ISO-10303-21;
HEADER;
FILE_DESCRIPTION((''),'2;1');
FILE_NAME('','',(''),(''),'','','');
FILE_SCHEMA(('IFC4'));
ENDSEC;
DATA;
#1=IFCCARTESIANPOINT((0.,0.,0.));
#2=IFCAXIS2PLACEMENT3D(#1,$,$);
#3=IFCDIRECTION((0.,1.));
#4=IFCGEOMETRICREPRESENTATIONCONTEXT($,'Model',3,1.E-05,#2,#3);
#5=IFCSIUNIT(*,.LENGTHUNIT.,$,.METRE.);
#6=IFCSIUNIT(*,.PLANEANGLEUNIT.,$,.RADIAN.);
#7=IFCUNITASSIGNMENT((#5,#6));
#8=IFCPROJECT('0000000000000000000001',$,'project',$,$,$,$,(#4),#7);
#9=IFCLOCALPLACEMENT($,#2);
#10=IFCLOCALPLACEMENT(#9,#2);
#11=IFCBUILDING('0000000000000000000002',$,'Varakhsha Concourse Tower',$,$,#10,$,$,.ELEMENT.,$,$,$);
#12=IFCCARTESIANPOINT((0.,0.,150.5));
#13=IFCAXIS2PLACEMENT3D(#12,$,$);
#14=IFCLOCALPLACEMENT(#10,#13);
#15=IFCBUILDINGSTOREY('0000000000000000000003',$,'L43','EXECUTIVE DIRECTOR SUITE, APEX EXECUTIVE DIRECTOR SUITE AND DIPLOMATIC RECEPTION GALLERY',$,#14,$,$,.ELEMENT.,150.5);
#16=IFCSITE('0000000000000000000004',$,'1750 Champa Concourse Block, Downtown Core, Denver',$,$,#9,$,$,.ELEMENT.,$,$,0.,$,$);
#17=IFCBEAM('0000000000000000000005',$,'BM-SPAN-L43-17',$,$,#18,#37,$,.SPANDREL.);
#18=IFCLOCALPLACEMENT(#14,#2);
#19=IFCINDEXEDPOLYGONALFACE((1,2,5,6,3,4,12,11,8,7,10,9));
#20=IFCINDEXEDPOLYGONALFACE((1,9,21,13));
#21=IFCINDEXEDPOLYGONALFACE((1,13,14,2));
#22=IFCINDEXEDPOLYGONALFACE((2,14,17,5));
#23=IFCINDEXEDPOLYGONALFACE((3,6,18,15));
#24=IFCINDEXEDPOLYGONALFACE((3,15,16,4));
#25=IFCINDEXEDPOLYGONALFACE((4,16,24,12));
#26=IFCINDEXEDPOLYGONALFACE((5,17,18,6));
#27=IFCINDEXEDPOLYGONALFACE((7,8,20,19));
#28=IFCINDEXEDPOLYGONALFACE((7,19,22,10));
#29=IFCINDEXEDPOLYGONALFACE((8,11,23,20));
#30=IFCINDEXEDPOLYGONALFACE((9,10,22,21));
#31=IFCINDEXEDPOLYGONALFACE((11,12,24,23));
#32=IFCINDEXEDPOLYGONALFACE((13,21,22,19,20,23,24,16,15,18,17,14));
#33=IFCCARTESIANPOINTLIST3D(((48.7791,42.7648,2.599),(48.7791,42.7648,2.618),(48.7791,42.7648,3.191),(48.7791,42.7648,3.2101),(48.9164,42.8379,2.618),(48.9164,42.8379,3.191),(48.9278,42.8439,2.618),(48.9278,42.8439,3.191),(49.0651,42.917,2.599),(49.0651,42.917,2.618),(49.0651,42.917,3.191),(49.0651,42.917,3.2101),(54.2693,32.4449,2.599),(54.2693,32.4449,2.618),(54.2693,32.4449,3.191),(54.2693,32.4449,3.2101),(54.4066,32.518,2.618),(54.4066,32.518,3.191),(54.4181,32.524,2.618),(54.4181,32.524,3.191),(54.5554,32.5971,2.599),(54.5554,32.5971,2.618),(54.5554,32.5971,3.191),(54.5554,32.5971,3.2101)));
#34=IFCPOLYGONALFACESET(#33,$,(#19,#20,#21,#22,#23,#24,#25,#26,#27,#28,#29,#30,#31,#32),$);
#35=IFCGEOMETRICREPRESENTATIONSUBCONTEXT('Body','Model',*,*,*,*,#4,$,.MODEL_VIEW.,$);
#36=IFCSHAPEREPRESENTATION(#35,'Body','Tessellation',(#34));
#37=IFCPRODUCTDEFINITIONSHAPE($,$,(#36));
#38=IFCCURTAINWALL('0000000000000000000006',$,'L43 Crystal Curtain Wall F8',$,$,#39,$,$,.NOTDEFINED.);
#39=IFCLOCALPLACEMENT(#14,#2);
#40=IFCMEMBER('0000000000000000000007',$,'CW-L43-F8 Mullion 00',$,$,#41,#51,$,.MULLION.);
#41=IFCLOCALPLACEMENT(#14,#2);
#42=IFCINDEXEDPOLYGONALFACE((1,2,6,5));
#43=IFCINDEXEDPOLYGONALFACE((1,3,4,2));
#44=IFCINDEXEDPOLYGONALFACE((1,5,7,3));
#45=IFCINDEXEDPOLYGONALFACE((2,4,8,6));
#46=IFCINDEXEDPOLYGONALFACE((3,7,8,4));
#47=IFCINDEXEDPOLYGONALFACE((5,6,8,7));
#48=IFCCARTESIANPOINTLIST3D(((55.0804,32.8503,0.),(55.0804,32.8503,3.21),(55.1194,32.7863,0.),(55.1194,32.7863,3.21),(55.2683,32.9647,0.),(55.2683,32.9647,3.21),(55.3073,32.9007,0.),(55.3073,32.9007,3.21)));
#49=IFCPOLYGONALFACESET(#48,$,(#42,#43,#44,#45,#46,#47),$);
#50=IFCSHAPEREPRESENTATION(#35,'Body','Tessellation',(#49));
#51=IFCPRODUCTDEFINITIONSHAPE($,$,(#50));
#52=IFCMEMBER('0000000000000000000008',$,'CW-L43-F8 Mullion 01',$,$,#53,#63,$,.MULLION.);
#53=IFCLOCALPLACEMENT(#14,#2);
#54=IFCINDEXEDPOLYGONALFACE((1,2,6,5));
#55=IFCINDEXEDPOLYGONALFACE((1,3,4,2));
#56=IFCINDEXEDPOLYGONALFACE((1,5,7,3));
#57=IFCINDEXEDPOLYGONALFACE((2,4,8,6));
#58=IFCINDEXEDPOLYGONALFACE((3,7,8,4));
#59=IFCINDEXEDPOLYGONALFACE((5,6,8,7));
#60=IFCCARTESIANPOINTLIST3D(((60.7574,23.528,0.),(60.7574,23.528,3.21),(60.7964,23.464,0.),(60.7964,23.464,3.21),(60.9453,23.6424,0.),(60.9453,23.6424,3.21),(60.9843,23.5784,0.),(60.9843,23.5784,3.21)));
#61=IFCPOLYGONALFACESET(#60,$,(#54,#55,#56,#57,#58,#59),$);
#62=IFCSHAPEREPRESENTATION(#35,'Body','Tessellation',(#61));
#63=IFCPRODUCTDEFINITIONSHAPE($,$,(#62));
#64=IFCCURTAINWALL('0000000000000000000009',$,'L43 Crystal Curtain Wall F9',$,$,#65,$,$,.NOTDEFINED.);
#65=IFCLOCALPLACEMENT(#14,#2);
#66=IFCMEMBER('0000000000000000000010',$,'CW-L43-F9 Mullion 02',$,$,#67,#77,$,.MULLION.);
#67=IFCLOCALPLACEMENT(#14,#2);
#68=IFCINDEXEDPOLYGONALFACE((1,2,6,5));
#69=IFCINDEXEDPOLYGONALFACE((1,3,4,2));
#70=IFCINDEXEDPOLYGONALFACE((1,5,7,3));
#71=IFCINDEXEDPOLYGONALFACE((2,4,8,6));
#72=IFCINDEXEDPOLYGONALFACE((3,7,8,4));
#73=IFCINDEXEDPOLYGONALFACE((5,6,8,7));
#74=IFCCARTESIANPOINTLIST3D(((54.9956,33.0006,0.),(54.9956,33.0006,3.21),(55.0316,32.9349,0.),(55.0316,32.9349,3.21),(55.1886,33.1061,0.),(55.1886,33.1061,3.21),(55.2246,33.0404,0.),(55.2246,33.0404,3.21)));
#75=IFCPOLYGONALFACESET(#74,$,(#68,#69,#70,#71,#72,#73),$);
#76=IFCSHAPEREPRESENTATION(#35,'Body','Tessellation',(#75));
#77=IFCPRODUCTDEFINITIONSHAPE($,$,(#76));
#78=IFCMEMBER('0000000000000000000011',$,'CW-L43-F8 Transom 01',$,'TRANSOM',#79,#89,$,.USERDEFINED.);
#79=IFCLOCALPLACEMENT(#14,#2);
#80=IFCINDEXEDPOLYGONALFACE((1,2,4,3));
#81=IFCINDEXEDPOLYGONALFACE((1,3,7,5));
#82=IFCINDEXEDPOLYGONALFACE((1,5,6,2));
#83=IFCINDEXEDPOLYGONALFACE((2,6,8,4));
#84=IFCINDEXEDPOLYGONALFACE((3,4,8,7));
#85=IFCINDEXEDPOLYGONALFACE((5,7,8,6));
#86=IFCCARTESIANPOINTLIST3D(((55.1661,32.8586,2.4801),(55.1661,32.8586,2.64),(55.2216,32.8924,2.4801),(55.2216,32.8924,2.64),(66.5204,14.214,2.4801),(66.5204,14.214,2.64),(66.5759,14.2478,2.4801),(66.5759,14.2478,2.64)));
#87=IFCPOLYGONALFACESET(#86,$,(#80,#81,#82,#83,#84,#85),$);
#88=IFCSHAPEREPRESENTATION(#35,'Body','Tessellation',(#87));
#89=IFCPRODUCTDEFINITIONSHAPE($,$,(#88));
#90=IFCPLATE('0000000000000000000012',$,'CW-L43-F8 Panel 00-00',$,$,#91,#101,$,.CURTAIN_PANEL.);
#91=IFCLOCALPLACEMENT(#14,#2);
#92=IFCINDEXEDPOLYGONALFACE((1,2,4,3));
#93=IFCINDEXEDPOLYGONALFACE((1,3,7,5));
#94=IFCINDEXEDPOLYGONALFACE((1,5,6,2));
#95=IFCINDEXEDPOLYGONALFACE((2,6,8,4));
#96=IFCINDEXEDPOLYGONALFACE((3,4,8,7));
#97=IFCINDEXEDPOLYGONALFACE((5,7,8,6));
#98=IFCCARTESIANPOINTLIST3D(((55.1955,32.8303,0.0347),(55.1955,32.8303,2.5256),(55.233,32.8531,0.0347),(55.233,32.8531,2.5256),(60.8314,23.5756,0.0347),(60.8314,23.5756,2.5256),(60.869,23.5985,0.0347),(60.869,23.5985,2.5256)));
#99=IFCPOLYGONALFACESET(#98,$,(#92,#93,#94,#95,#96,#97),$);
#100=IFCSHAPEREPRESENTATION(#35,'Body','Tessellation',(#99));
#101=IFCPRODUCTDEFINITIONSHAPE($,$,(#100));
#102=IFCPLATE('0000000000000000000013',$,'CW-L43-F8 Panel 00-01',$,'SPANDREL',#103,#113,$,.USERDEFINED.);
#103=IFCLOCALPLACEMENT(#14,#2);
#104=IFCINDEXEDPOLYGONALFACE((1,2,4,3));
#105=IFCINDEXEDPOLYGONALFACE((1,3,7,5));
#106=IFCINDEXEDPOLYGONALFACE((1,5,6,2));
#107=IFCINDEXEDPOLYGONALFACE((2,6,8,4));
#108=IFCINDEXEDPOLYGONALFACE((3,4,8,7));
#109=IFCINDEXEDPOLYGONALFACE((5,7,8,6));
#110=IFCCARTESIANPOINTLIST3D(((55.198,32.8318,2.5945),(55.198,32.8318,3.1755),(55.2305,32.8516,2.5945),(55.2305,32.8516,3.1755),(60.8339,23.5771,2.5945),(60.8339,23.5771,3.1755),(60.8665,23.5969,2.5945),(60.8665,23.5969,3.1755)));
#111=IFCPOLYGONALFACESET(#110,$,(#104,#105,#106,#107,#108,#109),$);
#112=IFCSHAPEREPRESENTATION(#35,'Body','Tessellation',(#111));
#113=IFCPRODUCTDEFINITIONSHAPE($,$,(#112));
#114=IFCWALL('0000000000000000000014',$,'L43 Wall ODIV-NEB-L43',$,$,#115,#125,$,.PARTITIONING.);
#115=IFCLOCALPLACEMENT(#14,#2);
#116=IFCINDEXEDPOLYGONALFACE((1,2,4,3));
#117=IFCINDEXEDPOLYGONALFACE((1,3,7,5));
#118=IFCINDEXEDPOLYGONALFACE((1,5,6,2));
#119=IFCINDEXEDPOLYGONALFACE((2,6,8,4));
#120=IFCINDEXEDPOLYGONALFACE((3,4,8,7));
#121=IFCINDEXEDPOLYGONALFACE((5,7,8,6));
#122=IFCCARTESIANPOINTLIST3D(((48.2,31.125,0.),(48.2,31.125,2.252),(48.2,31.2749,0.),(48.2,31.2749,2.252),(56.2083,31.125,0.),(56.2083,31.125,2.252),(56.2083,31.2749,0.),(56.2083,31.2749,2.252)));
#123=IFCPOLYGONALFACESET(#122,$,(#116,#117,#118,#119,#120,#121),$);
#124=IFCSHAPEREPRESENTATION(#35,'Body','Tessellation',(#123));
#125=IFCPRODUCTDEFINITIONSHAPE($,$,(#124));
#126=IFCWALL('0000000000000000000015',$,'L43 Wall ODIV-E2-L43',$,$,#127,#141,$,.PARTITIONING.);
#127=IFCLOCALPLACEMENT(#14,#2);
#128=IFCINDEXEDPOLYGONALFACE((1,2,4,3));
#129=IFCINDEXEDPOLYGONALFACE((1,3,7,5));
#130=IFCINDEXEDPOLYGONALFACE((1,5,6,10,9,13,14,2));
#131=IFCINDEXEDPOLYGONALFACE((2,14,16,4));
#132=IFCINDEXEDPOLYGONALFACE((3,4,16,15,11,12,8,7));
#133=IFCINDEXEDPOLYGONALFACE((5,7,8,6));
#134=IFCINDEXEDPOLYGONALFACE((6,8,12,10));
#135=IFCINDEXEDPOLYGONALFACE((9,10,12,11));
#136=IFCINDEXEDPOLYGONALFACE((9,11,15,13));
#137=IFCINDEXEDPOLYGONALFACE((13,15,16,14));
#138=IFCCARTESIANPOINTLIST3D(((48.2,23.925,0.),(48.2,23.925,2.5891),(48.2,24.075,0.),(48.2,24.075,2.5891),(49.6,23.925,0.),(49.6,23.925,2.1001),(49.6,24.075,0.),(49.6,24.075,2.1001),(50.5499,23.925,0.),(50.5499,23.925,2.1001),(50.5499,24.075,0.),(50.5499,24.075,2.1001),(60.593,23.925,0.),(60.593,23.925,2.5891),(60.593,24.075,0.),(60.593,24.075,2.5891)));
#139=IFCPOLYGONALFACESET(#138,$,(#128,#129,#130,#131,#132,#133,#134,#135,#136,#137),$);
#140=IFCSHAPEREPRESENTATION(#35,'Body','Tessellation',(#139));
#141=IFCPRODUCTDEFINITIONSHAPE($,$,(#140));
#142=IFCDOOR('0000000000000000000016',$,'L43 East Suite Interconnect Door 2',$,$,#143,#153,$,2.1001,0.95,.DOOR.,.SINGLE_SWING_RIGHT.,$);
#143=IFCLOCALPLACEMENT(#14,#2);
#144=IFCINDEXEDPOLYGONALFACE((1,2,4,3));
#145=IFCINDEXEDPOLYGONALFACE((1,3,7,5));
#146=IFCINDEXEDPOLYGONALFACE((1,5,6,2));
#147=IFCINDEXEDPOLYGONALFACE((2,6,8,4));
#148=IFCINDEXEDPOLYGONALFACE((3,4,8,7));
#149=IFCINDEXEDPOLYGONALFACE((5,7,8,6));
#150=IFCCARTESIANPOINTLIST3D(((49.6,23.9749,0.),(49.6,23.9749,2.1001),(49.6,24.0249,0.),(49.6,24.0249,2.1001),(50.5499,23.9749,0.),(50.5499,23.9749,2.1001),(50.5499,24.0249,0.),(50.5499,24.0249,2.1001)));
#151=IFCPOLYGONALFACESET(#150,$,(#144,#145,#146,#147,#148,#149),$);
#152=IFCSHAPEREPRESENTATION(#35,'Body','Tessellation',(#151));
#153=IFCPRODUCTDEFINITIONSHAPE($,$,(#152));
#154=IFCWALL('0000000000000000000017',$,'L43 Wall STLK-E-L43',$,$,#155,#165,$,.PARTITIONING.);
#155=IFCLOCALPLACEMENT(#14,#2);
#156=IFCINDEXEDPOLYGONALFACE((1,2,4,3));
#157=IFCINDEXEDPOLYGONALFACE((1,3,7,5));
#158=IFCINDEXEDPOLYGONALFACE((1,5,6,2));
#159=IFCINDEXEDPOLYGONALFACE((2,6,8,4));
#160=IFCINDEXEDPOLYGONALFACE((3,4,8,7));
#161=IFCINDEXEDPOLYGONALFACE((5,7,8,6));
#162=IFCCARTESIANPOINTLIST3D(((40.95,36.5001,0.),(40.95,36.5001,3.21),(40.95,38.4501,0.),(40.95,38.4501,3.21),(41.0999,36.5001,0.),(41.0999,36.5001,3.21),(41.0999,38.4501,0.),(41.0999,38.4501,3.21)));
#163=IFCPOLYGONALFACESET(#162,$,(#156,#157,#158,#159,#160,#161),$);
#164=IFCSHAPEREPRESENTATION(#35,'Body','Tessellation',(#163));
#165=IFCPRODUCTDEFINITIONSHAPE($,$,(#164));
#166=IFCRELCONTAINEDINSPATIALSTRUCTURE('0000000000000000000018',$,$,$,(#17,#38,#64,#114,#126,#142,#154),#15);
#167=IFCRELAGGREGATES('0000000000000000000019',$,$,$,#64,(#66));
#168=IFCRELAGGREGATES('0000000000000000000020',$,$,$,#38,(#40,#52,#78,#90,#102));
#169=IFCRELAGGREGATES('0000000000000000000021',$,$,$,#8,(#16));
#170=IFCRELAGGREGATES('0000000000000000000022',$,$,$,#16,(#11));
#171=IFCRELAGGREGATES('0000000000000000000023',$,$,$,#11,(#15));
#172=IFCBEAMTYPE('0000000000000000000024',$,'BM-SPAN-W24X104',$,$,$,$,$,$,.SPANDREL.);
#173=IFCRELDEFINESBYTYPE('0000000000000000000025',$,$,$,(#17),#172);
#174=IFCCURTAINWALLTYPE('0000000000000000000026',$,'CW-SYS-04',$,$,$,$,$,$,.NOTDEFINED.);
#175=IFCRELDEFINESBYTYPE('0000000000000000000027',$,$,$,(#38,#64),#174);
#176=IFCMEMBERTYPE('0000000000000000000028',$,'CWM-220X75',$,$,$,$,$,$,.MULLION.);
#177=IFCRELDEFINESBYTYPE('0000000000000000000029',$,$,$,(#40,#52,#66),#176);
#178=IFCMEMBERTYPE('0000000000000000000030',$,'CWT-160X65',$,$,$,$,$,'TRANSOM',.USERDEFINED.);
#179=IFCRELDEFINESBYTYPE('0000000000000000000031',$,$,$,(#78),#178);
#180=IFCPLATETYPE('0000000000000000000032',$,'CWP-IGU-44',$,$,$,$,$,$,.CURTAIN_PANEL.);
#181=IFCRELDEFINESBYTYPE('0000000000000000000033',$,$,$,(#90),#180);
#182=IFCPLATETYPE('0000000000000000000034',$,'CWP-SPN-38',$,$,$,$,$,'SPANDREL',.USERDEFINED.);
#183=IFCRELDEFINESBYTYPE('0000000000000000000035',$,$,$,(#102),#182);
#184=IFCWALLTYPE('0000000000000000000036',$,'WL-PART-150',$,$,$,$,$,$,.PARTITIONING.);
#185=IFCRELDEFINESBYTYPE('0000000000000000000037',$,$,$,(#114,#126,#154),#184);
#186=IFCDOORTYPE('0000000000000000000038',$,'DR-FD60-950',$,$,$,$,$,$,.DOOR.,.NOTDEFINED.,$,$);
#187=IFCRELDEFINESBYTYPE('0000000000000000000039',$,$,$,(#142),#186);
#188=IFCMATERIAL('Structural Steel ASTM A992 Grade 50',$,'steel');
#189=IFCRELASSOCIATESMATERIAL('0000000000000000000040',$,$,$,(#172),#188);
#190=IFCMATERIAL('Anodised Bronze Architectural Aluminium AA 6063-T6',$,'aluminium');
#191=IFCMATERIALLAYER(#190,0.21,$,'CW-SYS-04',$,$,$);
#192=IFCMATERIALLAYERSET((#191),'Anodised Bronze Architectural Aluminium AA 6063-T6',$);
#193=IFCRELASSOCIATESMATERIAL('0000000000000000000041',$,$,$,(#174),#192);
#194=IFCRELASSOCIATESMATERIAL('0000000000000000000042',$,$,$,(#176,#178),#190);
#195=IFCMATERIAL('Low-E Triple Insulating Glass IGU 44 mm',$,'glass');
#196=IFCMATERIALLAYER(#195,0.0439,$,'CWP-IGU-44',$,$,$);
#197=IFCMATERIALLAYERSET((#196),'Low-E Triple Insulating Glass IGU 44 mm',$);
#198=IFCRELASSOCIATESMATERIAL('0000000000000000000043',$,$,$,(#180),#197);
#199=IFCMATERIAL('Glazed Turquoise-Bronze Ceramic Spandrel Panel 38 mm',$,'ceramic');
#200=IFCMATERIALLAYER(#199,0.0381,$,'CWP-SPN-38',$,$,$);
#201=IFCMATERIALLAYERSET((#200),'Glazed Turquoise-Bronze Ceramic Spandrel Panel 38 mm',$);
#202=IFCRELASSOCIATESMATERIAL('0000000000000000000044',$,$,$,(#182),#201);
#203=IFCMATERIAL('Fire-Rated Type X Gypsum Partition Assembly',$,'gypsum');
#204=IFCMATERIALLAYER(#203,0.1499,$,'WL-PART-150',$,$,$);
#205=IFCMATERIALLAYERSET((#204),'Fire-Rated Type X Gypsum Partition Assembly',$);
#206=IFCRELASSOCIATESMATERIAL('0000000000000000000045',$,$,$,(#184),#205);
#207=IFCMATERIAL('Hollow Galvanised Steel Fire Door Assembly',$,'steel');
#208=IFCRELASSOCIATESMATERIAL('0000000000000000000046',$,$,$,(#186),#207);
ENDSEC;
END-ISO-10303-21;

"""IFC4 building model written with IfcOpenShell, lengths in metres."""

from ifc_helpers import new_model, si_unit, direction, frame, frame_2d, origin, origin_2d, place, context, subcontext, project, spatial, rectangle, i_section, extrude, source, transform, mapped, material, layer, layer_set, material_profile, profile_set, type_object, type_shapes, element, fill, aggregate, save


model = new_model("IFC4")

# Units and contexts
model_context = context("Model", 3, precision=1e-05, world=origin(), true_north=direction((0.0, 1.0)))
body_context = subcontext(model_context, "Body", "Model", "MODEL_VIEW")
ifc_project = project(units=[si_unit("LENGTHUNIT", "METRE"), si_unit("PLANEANGLEUNIT", "RADIAN")], contexts=[model_context])

# Site, building, storey
site_placement = place(None, origin())
site = spatial("IfcSite", under=ifc_project, at=site_placement, Name="1750 Champa Concourse Block, Downtown Core, Denver", CompositionType="ELEMENT", RefElevation=0.0)
building_placement = place(site_placement, origin())
building = spatial("IfcBuilding", under=site, at=building_placement, Name="Varakhsha Concourse Tower", CompositionType="ELEMENT")
storey_placement = place(building_placement, frame((0.0, 0.0, 150.5)))
storey = spatial("IfcBuildingStorey", under=building, at=storey_placement, Name="L43", Description="EXECUTIVE DIRECTOR SUITE, APEX EXECUTIVE DIRECTOR SUITE AND DIPLOMATIC RECEPTION GALLERY", CompositionType="ELEMENT", Elevation=150.5)

# Shared definitions
ifc_material_1 = material(Name="Structural Steel ASTM A992 Grade 50", Category="steel")

# Beam
ifc_material_profile_1 = material_profile(ifc_material_1, i_section(OverallWidth=0.324, OverallDepth=0.6111, WebThickness=0.0129, FlangeThickness=0.019, at=origin_2d()), Name="W24X104")
ifc_profile_set_1 = profile_set([ifc_material_profile_1], Name="Structural Steel ASTM A992 Grade 50")
beam_type_1 = type_object("IfcBeamType", Name="BM-SPAN-W24X104", PredefinedType="SPANDREL", material=ifc_profile_set_1)
for number, where, z_axis, x_axis, name in (
    (1, (54.4124, 32.521, 2.9045), (-0.469677, 0.882838, 0.0), (-0.882838, -0.469677, 0.0), "BM-SPAN-L43-17"),
):
    element("IfcBeam", number, at=place(storey_placement, frame(where, z_axis=z_axis, x_axis=x_axis)), inside=storey, type_object=beam_type_1, Name=name, PredefinedType="SPANDREL", context=body_context, shape_type="SweptSolid", body=[
        extrude(i_section(OverallWidth=0.324, OverallDepth=0.6111, WebThickness=0.0129, FlangeThickness=0.019, at=origin_2d()), origin(), (0.0, 0.0, 1.0), 11.6895),
    ])

# Curtain wall, members
ifc_material_2 = material(Name="Anodised Bronze Architectural Aluminium AA 6063-T6", Category="aluminium")
ifc_layer_1 = layer(ifc_material_2, 0.21, Name="CW-SYS-04")
ifc_layer_set_1 = layer_set([ifc_layer_1], Name="Anodised Bronze Architectural Aluminium AA 6063-T6")
curtain_wall_type = type_object("IfcCurtainWallType", Name="CW-SYS-04", PredefinedType="NOTDEFINED", material=ifc_layer_set_1)
curtain_wall_1_placement = place(storey_placement, origin())
curtain_wall_1 = element("IfcCurtainWall", 2, at=curtain_wall_1_placement, inside=storey, type_object=curtain_wall_type, Name="L43 Crystal Curtain Wall F8", PredefinedType="NOTDEFINED")
ifc_material_profile_2 = material_profile(ifc_material_2, rectangle(XDim=0.075, YDim=0.22, at=origin_2d()), Name="CWM-220X75")
ifc_profile_set_2 = profile_set([ifc_material_profile_2], Name="Anodised Bronze Architectural Aluminium AA 6063-T6")
member_type_1 = type_object("IfcMemberType", Name="CWM-220X75", PredefinedType="MULLION", material=ifc_profile_set_2)
shared_shape_1 = source(origin(), body_context, "Body", "SweptSolid", [
    extrude(rectangle(XDim=0.075, YDim=0.22, at=origin_2d()), origin(), (0.0, 0.0, 1.0), 3.21),
])
type_shapes(member_type_1, [shared_shape_1])
member_1_placement = place(storey_placement, frame((55.1938, 32.8755, 0.0), z_axis=(0.0, 0.0, 1.0), x_axis=(0.520126, -0.85409, 0.0)))
member_1 = element("IfcMember", 3, at=member_1_placement, type_object=member_type_1, Name="CW-L43-F8 Mullion 00", PredefinedType="MULLION", context=body_context, shape_type="MappedRepresentation", body=[
    mapped(shared_shape_1, transform((0.0, 0.0, 0.0), scale=1.0)),
])
member_2_placement = place(storey_placement, frame((60.8708, 23.5532, 0.0), z_axis=(0.0, 0.0, 1.0), x_axis=(0.520126, -0.85409, 0.0)))
member_2 = element("IfcMember", 4, at=member_2_placement, type_object=member_type_1, Name="CW-L43-F8 Mullion 01", PredefinedType="MULLION", context=body_context, shape_type="MappedRepresentation", body=[
    mapped(shared_shape_1, transform((0.0, 0.0, 0.0), scale=1.0)),
])

# Curtain wall, member
curtain_wall_2_placement = place(storey_placement, origin())
curtain_wall_2 = element("IfcCurtainWall", 5, at=curtain_wall_2_placement, inside=storey, type_object=curtain_wall_type, Name="L43 Crystal Curtain Wall F9", PredefinedType="NOTDEFINED")
member_3_placement = place(storey_placement, frame((55.1101, 33.0205, 0.0), z_axis=(0.0, 0.0, 1.0), x_axis=(0.479596, -0.87749, 0.0)))
member_3 = element("IfcMember", 6, at=member_3_placement, type_object=member_type_1, Name="CW-L43-F9 Mullion 02", PredefinedType="MULLION", context=body_context, shape_type="MappedRepresentation", body=[
    mapped(shared_shape_1, transform((0.0, 0.0, 0.0), scale=1.0)),
])
aggregate(curtain_wall_2, [member_3])

# Member
ifc_material_profile_3 = material_profile(ifc_material_2, rectangle(XDim=0.0649, YDim=0.1599, at=origin_2d()), Name="CWT-160X65")
ifc_profile_set_3 = profile_set([ifc_material_profile_3], Name="Anodised Bronze Architectural Aluminium AA 6063-T6")
member_type_2 = type_object("IfcMemberType", Name="CWT-160X65", ElementType="TRANSOM", PredefinedType="USERDEFINED", material=ifc_profile_set_3)
shared_shape_2 = source(origin(), body_context, "Body", "SweptSolid", [
    extrude(rectangle(XDim=0.0649, YDim=0.1599, at=origin_2d()), origin(), (0.0, 0.0, 1.0), 21.8298),
])
type_shapes(member_type_2, [shared_shape_2])
member_4_placement = place(storey_placement, frame((55.1938, 32.8755, 2.5601), z_axis=(0.520128, -0.854089, 0.0), x_axis=(0.854089, 0.520128, 0.0)))
member_4 = element("IfcMember", 7, at=member_4_placement, type_object=member_type_2, Name="CW-L43-F8 Transom 01", ObjectType="TRANSOM", PredefinedType="USERDEFINED", context=body_context, shape_type="MappedRepresentation", body=[
    mapped(shared_shape_2, transform((0.0, 0.0, 0.0), scale=1.0)),
])

# Plates
ifc_material_3 = material(Name="Low-E Triple Insulating Glass IGU 44 mm", Category="glass")
ifc_layer_2 = layer(ifc_material_3, 0.0439, Name="CWP-IGU-44")
ifc_layer_set_2 = layer_set([ifc_layer_2], Name="Low-E Triple Insulating Glass IGU 44 mm")
plate_type_1 = type_object("IfcPlateType", Name="CWP-IGU-44", PredefinedType="CURTAIN_PANEL", material=ifc_layer_set_2)
shared_shape_3 = source(origin(), body_context, "Body", "SweptSolid", [
    extrude(rectangle(XDim=10.8357, YDim=0.0439, at=origin_2d()), origin(), (0.0, 0.0, 1.0), 2.491),
])
type_shapes(plate_type_1, [shared_shape_3])
plate_1_placement = place(storey_placement, frame((58.0322, 28.2144, 0.0347), z_axis=(0.0, 0.0, 1.0), x_axis=(0.520126, -0.85409, 0.0)))
plate_1 = element("IfcPlate", 8, at=plate_1_placement, type_object=plate_type_1, Name="CW-L43-F8 Panel 00-00", PredefinedType="CURTAIN_PANEL", context=body_context, shape_type="MappedRepresentation", body=[
    mapped(shared_shape_3, transform((0.0, 0.0, 0.0), scale=1.0)),
])
ifc_material_4 = material(Name="Glazed Turquoise-Bronze Ceramic Spandrel Panel 38 mm", Category="ceramic")
ifc_layer_3 = layer(ifc_material_4, 0.0381, Name="CWP-SPN-38")
ifc_layer_set_3 = layer_set([ifc_layer_3], Name="Glazed Turquoise-Bronze Ceramic Spandrel Panel 38 mm")
plate_type_2 = type_object("IfcPlateType", Name="CWP-SPN-38", ElementType="SPANDREL", PredefinedType="USERDEFINED", material=ifc_layer_set_3)
shared_shape_4 = source(origin(), body_context, "Body", "SweptSolid", [
    extrude(rectangle(XDim=10.8357, YDim=0.0381, at=origin_2d()), origin(), (0.0, 0.0, 1.0), 0.5811),
])
type_shapes(plate_type_2, [shared_shape_4])
plate_2_placement = place(storey_placement, frame((58.0322, 28.2144, 2.5945), z_axis=(0.0, 0.0, 1.0), x_axis=(0.520126, -0.85409, 0.0)))
plate_2 = element("IfcPlate", 9, at=plate_2_placement, type_object=plate_type_2, Name="CW-L43-F8 Panel 00-01", ObjectType="SPANDREL", PredefinedType="USERDEFINED", context=body_context, shape_type="MappedRepresentation", body=[
    mapped(shared_shape_4, transform((0.0, 0.0, 0.0), scale=1.0)),
])
aggregate(curtain_wall_1, [member_1, member_2, member_4, plate_1, plate_2])

# Wall
ifc_material_5 = material(Name="Fire-Rated Type X Gypsum Partition Assembly", Category="gypsum")
ifc_layer_4 = layer(ifc_material_5, 0.1499, Name="WL-PART-150")
ifc_layer_set_4 = layer_set([ifc_layer_4], Name="Fire-Rated Type X Gypsum Partition Assembly")
wall_type_1 = type_object("IfcWallType", Name="WL-PART-150", PredefinedType="PARTITIONING", material=ifc_layer_set_4)
wall_1_placement = place(storey_placement, frame((48.2, 31.2, 0.0), z_axis=(0.0, 0.0, 1.0), x_axis=(1.0, 0.0, 0.0)))
element("IfcWall", 10, at=wall_1_placement, inside=storey, type_object=wall_type_1, Name="L43 Wall ODIV-NEB-L43", PredefinedType="PARTITIONING", context=body_context, shape_type="SweptSolid", body=[
    extrude(rectangle(XDim=8.0083, YDim=0.1499, at=frame_2d((4.0042, 0.0))), origin(), (0.0, 0.0, 1.0), 2.252),
])

# Wall, opening, door
wall_2_placement = place(storey_placement, frame((48.2, 24.0, 0.0), z_axis=(0.0, 0.0, 1.0), x_axis=(1.0, 0.0, 0.0)))
wall_2 = element("IfcWall", 11, at=wall_2_placement, inside=storey, type_object=wall_type_1, Name="L43 Wall ODIV-E2-L43", PredefinedType="PARTITIONING", context=body_context, shape_type="SweptSolid", body=[
    extrude(rectangle(XDim=12.3931, YDim=0.1499, at=frame_2d((6.1965, 0.0))), origin(), (0.0, 0.0, 1.0), 2.5891),
])
opening_placement = place(wall_2_placement, frame((1.3999, 0.0, 0.0)))
opening = element("IfcOpeningElement", 12, at=opening_placement, cuts=wall_2, PredefinedType="OPENING", context=body_context, shape_type="SweptSolid", body=[
    extrude(rectangle(XDim=0.95, YDim=2.1001, at=frame_2d((0.4751, 1.05))), frame((0.0, 0.085, 0.0), z_axis=(0.0, -1.0, 0.0), x_axis=(1.0, 0.0, 0.0)), (0.0, 0.0, 1.0), 0.1699),
])
ifc_material_6 = material(Name="Hollow Galvanised Steel Fire Door Assembly", Category="steel")
door_type = type_object("IfcDoorType", Name="DR-FD60-950", OperationType="NOTDEFINED", PredefinedType="DOOR", material=ifc_material_6)
door_placement = place(opening_placement, origin())
door = element("IfcDoor", 13, at=door_placement, inside=storey, type_object=door_type, Name="L43 East Suite Interconnect Door 2", OperationType="SINGLE_SWING_RIGHT", OverallHeight=2.1001, OverallWidth=0.95, PredefinedType="DOOR", context=body_context, shape_type="SweptSolid", body=[
    extrude(rectangle(XDim=0.95, YDim=2.1001, at=frame_2d((0.4751, 1.05))), frame((0.0, 0.0249, 0.0), z_axis=(0.0, -1.0, 0.0), x_axis=(1.0, 0.0, 0.0)), (0.0, 0.0, 1.0), 0.05),
])
fill(opening, door)

# Wall
wall_3_placement = place(storey_placement, frame((41.0249, 36.5, 0.0), z_axis=(0.0, 0.0, 1.0), x_axis=(0.0, 1.0, 0.0)))
element("IfcWall", 14, at=wall_3_placement, inside=storey, type_object=wall_type_1, Name="L43 Wall STLK-E-L43", PredefinedType="PARTITIONING", context=body_context, shape_type="SweptSolid", body=[
    extrude(rectangle(XDim=1.95, YDim=0.1499, at=frame_2d((0.9751, 0.0))), origin(), (0.0, 0.0, 1.0), 3.21),
])

save(model, "model.ifc")
